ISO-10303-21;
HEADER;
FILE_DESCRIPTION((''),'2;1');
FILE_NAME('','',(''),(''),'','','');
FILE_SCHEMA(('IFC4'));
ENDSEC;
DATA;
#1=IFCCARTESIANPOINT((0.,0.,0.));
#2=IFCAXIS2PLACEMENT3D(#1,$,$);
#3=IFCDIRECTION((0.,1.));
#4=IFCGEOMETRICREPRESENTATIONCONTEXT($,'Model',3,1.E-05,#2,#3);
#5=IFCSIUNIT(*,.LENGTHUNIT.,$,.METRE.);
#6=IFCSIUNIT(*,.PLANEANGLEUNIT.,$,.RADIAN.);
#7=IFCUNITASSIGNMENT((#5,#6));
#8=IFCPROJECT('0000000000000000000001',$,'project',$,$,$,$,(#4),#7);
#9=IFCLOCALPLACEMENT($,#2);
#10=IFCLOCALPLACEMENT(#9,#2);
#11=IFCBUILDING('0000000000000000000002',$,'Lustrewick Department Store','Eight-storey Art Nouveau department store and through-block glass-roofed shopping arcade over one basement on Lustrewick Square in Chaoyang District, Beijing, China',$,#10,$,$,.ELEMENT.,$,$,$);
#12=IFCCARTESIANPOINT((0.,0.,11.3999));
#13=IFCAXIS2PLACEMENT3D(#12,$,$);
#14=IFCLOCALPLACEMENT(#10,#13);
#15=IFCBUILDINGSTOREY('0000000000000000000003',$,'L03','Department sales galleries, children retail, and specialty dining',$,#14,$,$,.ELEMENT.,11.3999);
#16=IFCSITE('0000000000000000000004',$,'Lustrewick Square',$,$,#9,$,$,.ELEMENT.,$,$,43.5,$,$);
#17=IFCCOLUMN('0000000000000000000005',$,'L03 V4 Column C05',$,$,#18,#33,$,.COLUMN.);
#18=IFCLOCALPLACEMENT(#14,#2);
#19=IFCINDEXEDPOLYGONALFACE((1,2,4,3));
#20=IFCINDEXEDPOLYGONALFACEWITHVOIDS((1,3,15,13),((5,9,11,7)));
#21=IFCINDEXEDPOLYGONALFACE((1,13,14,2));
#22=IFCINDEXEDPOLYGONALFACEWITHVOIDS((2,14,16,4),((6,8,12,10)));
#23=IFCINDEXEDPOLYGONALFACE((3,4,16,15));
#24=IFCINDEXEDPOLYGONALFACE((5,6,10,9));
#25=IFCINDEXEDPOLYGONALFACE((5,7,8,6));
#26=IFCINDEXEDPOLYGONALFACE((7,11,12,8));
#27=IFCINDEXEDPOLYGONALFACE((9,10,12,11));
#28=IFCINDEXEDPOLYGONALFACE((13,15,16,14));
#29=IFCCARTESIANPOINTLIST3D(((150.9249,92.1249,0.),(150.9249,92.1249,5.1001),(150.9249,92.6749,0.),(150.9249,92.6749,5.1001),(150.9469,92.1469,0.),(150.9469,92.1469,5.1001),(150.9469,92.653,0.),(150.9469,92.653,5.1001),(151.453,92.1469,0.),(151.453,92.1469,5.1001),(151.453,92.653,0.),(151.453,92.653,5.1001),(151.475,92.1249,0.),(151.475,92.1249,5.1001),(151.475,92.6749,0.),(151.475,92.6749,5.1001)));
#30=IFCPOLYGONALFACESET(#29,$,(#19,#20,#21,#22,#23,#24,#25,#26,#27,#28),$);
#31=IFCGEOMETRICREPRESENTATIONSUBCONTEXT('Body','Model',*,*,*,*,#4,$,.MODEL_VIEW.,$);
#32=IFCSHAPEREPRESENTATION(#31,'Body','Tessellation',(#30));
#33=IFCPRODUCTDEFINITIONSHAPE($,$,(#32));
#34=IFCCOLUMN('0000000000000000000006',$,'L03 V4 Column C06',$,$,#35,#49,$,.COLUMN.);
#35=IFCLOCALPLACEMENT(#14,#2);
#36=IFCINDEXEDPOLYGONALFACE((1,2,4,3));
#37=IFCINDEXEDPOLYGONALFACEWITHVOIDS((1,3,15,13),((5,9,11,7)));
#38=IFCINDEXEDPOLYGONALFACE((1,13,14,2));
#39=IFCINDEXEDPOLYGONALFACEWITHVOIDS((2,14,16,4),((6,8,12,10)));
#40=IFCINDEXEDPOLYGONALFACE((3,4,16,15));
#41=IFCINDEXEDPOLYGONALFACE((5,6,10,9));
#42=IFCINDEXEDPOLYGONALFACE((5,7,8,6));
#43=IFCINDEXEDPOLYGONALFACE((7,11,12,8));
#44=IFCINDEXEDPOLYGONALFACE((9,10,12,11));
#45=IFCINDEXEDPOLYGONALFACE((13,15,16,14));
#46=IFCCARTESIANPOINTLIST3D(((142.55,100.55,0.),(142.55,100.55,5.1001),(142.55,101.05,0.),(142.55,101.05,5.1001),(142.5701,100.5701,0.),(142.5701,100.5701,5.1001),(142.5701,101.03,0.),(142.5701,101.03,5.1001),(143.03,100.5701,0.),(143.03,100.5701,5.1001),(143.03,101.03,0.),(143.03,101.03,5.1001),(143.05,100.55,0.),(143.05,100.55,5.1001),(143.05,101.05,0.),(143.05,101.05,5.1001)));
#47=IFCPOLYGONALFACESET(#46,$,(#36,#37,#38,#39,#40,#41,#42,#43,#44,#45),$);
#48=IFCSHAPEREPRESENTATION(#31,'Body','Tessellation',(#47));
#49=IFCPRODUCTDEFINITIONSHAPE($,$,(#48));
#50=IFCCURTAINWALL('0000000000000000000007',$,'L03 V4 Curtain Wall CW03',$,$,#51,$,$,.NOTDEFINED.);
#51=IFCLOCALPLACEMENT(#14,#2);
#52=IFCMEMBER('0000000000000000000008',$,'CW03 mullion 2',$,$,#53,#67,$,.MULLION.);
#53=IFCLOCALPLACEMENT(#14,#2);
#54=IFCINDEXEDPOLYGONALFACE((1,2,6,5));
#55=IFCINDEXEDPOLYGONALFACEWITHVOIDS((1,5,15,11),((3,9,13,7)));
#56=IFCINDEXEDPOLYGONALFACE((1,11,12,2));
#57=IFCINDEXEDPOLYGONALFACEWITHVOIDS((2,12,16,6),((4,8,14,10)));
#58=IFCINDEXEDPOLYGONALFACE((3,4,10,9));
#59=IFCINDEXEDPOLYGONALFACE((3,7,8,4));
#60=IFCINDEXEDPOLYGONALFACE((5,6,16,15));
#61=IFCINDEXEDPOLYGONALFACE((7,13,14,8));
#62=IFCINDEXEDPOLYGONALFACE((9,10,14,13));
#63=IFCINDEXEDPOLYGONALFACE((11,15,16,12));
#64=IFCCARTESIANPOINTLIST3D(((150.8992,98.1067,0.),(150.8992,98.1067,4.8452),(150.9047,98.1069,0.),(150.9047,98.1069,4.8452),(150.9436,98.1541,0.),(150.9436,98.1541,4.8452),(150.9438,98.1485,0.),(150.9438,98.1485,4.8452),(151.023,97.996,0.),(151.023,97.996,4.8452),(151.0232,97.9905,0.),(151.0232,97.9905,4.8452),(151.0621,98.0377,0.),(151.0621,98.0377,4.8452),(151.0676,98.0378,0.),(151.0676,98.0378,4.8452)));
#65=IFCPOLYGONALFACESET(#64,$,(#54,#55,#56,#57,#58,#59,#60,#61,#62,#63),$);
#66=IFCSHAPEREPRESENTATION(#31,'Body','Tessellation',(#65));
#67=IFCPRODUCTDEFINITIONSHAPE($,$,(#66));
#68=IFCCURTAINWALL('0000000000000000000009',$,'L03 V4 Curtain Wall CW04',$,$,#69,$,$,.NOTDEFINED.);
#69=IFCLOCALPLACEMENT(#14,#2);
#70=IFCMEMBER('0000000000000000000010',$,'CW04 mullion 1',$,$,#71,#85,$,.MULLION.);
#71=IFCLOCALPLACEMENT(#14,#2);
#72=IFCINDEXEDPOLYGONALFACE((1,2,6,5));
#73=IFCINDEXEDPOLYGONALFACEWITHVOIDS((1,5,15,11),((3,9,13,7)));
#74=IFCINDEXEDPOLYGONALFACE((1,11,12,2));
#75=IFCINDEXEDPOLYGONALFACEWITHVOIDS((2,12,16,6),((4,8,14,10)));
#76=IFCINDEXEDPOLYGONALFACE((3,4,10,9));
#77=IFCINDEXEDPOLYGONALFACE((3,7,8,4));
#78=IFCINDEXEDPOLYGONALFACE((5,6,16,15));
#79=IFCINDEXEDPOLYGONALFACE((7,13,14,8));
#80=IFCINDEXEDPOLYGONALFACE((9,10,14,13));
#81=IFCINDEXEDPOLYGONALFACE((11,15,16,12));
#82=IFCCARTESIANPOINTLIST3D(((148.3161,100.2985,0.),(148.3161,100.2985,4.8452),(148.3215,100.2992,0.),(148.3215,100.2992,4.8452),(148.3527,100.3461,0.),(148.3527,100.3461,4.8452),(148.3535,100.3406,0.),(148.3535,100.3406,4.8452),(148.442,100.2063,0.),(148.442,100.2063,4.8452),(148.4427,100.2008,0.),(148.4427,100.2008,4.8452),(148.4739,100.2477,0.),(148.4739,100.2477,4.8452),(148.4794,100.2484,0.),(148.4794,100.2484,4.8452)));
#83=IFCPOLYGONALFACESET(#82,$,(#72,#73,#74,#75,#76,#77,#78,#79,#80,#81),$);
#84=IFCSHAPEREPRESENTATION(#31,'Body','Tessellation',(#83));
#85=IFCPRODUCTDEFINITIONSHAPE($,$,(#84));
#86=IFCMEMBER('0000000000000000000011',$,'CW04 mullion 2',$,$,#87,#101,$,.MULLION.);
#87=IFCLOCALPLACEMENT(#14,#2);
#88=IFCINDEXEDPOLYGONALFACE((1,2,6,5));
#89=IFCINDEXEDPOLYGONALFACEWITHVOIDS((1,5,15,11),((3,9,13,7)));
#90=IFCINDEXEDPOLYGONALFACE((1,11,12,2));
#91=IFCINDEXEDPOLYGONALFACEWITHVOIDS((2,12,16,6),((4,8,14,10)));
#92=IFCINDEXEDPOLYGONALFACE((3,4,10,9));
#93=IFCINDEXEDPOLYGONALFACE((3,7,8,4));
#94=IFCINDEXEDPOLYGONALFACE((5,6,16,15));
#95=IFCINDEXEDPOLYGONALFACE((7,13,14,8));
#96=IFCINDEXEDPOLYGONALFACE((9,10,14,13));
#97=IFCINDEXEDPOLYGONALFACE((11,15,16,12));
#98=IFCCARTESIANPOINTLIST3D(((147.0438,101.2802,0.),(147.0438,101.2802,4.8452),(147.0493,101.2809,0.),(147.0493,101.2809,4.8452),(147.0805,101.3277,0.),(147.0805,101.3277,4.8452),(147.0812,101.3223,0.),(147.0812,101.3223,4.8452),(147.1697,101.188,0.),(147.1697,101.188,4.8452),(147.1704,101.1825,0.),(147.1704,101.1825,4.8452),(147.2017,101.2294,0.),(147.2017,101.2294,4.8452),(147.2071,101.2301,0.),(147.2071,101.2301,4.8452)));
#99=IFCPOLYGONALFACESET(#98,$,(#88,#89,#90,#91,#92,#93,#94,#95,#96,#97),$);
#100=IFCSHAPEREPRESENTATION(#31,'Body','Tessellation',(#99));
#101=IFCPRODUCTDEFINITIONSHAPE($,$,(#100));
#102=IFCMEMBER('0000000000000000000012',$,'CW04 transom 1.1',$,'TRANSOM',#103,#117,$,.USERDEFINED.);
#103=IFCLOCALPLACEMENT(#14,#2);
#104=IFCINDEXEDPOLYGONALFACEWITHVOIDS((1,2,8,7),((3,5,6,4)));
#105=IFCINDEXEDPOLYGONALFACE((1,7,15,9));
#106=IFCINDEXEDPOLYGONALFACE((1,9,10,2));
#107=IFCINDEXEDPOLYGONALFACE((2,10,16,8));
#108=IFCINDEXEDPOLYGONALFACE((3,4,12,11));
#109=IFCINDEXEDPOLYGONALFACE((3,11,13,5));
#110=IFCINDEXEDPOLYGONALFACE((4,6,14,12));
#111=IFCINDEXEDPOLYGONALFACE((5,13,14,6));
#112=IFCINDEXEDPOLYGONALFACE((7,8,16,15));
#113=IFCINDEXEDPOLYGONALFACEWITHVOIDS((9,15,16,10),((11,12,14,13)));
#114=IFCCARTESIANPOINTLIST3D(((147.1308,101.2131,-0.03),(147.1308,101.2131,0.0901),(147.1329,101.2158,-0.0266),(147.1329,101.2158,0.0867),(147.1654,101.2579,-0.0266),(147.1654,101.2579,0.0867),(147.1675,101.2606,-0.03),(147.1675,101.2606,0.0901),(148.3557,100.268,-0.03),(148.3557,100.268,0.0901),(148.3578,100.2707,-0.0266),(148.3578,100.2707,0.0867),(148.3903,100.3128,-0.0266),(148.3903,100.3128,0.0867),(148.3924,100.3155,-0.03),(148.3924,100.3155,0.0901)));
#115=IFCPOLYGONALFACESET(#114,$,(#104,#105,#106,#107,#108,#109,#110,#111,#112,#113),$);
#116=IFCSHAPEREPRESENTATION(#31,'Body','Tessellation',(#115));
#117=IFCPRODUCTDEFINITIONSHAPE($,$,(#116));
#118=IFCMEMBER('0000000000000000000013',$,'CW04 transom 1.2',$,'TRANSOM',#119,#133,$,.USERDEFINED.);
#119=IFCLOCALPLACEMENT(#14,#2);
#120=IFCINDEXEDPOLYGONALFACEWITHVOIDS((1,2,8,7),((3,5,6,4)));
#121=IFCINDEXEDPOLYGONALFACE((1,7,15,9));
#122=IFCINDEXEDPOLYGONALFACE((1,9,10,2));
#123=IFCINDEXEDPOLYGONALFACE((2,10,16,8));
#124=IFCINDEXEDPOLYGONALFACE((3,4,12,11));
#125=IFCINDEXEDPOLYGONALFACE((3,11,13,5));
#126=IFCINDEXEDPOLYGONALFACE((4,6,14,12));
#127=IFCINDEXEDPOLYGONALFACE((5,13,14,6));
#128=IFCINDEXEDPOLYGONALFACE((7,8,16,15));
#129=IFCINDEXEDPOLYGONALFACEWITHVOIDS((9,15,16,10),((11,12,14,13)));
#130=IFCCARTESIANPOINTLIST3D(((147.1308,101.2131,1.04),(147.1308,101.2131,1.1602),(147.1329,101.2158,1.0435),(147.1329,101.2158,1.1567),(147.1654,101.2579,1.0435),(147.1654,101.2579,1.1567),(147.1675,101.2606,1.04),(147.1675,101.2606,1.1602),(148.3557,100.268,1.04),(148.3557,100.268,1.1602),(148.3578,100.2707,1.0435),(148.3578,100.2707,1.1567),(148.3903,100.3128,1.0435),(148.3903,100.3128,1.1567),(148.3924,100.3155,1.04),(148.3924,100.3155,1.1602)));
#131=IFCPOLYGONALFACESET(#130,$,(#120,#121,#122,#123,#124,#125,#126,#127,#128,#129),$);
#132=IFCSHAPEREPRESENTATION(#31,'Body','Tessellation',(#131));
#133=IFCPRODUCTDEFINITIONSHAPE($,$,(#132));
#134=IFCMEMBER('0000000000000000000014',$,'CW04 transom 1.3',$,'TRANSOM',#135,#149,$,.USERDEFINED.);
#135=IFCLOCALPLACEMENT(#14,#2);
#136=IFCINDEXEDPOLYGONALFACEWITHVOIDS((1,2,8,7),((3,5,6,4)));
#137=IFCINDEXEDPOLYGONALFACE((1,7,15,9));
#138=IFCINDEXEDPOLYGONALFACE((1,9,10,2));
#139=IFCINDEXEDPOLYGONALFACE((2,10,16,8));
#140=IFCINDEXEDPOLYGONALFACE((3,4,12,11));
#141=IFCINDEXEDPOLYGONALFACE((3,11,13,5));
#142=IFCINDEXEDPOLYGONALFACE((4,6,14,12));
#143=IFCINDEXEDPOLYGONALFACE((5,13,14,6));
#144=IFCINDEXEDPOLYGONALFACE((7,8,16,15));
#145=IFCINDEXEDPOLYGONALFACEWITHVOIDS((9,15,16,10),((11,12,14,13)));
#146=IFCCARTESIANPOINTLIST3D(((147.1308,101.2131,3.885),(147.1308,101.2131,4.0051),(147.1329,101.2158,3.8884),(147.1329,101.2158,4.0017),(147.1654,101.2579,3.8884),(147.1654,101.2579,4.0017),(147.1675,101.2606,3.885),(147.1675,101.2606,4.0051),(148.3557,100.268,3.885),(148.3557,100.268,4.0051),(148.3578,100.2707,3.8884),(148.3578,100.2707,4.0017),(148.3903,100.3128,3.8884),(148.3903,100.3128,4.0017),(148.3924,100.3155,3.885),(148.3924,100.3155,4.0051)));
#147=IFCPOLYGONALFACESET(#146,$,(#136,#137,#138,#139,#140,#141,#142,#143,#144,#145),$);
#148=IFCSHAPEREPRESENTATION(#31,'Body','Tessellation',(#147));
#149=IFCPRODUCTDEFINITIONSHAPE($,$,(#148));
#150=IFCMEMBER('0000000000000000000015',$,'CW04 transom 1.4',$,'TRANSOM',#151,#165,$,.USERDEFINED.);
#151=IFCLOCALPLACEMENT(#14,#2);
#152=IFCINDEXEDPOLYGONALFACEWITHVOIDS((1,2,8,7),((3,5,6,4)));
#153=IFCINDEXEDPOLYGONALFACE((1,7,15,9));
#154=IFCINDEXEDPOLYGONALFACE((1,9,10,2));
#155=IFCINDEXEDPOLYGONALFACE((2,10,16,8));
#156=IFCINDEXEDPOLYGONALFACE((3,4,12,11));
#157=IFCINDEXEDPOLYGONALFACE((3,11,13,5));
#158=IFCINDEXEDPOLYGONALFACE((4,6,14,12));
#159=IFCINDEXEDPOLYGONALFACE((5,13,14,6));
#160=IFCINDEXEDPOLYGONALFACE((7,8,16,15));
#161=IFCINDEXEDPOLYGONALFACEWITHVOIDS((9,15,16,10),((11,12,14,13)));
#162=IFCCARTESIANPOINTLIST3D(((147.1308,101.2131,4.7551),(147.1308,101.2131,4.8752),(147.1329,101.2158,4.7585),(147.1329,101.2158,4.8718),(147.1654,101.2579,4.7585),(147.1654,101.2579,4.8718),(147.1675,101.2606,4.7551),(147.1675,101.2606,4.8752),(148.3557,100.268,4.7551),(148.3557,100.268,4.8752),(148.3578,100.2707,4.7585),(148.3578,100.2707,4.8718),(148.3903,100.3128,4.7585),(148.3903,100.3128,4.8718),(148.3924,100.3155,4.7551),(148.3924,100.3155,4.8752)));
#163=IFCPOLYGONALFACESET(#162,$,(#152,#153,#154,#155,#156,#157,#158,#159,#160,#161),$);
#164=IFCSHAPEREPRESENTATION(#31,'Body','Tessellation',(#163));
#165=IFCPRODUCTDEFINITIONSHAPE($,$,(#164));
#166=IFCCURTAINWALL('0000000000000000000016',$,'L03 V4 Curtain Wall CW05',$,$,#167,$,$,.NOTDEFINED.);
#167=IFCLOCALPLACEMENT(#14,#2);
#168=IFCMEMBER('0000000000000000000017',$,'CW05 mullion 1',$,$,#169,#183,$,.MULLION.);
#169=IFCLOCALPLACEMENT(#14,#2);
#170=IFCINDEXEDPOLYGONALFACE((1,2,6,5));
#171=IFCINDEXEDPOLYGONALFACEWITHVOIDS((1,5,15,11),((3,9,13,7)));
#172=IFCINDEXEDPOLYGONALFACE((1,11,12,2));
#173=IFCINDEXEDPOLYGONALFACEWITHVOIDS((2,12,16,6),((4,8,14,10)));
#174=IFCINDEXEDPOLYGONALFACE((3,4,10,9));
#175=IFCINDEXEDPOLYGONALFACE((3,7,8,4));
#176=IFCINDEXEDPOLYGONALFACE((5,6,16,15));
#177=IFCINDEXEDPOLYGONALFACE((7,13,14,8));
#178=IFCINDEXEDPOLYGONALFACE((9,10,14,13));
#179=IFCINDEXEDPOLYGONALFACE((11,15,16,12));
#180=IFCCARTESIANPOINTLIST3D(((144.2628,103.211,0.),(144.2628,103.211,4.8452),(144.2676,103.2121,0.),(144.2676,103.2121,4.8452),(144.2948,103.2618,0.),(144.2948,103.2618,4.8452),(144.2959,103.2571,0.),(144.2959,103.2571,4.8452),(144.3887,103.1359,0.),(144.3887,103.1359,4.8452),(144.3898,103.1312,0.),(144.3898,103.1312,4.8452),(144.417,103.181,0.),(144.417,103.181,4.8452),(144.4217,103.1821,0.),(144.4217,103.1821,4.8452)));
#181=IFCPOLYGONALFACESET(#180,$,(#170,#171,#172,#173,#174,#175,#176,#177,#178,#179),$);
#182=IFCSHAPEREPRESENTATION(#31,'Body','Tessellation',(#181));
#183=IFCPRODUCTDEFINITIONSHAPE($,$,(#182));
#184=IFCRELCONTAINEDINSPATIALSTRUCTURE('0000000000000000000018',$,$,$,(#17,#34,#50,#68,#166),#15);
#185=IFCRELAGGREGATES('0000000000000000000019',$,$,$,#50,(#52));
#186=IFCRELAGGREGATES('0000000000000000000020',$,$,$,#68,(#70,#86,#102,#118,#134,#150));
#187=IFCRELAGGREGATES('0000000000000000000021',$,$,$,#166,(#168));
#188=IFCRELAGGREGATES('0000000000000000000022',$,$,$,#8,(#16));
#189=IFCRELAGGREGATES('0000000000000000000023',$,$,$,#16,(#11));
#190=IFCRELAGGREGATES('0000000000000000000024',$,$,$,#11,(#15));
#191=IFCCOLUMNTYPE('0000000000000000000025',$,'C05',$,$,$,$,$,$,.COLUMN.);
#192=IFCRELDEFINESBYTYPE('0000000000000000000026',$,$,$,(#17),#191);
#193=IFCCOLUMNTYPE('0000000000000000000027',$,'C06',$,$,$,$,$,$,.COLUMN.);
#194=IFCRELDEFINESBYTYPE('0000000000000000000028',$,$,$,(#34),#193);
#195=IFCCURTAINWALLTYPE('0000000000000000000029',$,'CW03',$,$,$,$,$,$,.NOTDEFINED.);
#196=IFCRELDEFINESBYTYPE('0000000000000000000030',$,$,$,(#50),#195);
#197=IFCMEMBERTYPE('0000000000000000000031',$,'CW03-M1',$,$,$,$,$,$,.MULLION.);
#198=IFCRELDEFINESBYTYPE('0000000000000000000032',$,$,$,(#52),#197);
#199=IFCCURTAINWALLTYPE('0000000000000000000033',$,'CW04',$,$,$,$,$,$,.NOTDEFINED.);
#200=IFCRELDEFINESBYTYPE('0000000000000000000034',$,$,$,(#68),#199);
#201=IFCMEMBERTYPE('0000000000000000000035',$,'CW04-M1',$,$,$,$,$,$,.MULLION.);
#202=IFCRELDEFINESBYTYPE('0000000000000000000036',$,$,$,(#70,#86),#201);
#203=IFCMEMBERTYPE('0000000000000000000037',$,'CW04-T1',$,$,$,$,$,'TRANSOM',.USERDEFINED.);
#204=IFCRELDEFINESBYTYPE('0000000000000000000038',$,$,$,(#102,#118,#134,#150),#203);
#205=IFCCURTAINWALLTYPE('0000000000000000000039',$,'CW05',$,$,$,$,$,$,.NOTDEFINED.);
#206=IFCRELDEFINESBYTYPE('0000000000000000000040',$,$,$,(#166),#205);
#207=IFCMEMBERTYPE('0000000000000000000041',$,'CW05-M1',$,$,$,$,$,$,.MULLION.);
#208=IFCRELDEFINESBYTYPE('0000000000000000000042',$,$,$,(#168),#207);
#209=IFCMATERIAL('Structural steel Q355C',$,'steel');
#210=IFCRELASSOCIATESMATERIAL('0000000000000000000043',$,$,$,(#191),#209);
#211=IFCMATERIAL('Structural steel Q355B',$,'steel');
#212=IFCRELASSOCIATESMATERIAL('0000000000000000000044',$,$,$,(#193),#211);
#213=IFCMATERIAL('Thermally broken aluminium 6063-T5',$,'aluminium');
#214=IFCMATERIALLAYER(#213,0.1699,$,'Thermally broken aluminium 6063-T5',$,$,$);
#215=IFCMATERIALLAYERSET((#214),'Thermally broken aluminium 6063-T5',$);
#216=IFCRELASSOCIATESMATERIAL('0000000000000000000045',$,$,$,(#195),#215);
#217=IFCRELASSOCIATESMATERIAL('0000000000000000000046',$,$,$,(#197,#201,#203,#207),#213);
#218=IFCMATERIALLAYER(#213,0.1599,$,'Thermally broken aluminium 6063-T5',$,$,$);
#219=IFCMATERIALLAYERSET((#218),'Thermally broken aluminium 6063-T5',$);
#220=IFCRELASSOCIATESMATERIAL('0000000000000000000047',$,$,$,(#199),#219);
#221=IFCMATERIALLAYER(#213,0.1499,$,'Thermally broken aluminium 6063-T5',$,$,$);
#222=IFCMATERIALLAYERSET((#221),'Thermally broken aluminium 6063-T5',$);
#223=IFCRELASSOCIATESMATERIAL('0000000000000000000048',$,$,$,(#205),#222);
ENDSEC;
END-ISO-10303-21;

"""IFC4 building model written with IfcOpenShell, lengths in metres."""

from ifc_helpers import new_model, si_unit, direction, frame, origin, origin_2d, place, context, subcontext, project, spatial, hollow_rectangle, extrude, material, layer, layer_set, material_profile, profile_set, type_object, element, aggregate, save


model = new_model("IFC4")

# Units and contexts
model_context = context("Model", 3, precision=1e-05, world=origin(), true_north=direction((0.0, 1.0)))
body_context = subcontext(model_context, "Body", "Model", "MODEL_VIEW")
ifc_project = project(units=[si_unit("LENGTHUNIT", "METRE"), si_unit("PLANEANGLEUNIT", "RADIAN")], contexts=[model_context])

# Site, building, storey
site_placement = place(None, origin())
site = spatial("IfcSite", under=ifc_project, at=site_placement, Name="Lustrewick Square", CompositionType="ELEMENT", RefElevation=43.5)
building_placement = place(site_placement, origin())
building = spatial("IfcBuilding", under=site, at=building_placement, Name="Lustrewick Department Store", Description="Eight-storey Art Nouveau department store and through-block glass-roofed shopping arcade over one basement on Lustrewick Square in Chaoyang District, Beijing, China", CompositionType="ELEMENT")
storey_placement = place(building_placement, frame((0.0, 0.0, 11.3999)))
storey = spatial("IfcBuildingStorey", under=building, at=storey_placement, Name="L03", Description="Department sales galleries, children retail, and specialty dining", CompositionType="ELEMENT", Elevation=11.3999)

# Columns
ifc_material_1 = material(Name="Structural steel Q355C", Category="steel")
ifc_material_profile_1 = material_profile(ifc_material_1, hollow_rectangle(XDim=0.55, YDim=0.55, WallThickness=0.022, at=origin_2d()), Name="BOX 550x550x22")
ifc_profile_set_1 = profile_set([ifc_material_profile_1], Name="Structural steel Q355C")
column_type_1 = type_object("IfcColumnType", Name="C05", PredefinedType="COLUMN", material=ifc_profile_set_1)
column_1_placement = place(storey_placement, frame((151.2, 92.3999, 0.0), z_axis=(0.0, 0.0, 1.0), x_axis=(1.0, 0.0, 0.0)))
element("IfcColumn", 1, at=column_1_placement, inside=storey, type_object=column_type_1, Name="L03 V4 Column C05", PredefinedType="COLUMN", context=body_context, shape_type="SweptSolid", body=[
    extrude(hollow_rectangle(XDim=0.55, YDim=0.55, WallThickness=0.022, at=origin_2d()), origin(), (0.0, 0.0, 1.0), 5.1001),
])
ifc_material_2 = material(Name="Structural steel Q355B", Category="steel")
ifc_material_profile_2 = material_profile(ifc_material_2, hollow_rectangle(XDim=0.5, YDim=0.5, WallThickness=0.02, at=origin_2d()), Name="BOX 500x500x20")
ifc_profile_set_2 = profile_set([ifc_material_profile_2], Name="Structural steel Q355B")
column_type_2 = type_object("IfcColumnType", Name="C06", PredefinedType="COLUMN", material=ifc_profile_set_2)
column_2_placement = place(storey_placement, frame((142.8, 100.8, 0.0), z_axis=(0.0, 0.0, 1.0), x_axis=(1.0, 0.0, 0.0)))
element("IfcColumn", 2, at=column_2_placement, inside=storey, type_object=column_type_2, Name="L03 V4 Column C06", PredefinedType="COLUMN", context=body_context, shape_type="SweptSolid", body=[
    extrude(hollow_rectangle(XDim=0.5, YDim=0.5, WallThickness=0.02, at=origin_2d()), origin(), (0.0, 0.0, 1.0), 5.1001),
])

# Curtain wall, member
ifc_material_3 = material(Name="Thermally broken aluminium 6063-T5", Category="aluminium")
ifc_layer_1 = layer(ifc_material_3, 0.1699, Name="Thermally broken aluminium 6063-T5")
ifc_layer_set_1 = layer_set([ifc_layer_1], Name="Thermally broken aluminium 6063-T5")
curtain_wall_type_1 = type_object("IfcCurtainWallType", Name="CW03", PredefinedType="NOTDEFINED", material=ifc_layer_set_1)
curtain_wall_1_placement = place(storey_placement, origin())
curtain_wall_1 = element("IfcCurtainWall", 3, at=curtain_wall_1_placement, inside=storey, type_object=curtain_wall_type_1, Name="L03 V4 Curtain Wall CW03", PredefinedType="NOTDEFINED")
ifc_material_profile_3 = material_profile(ifc_material_3, hollow_rectangle(XDim=0.0649, YDim=0.1699, WallThickness=0.0039, at=origin_2d()), Name="ALU-M 65x170x4")
ifc_profile_set_3 = profile_set([ifc_material_profile_3], Name="Thermally broken aluminium 6063-T5")
member_type_1 = type_object("IfcMemberType", Name="CW03-M1", PredefinedType="MULLION", material=ifc_profile_set_3)
member_1_placement = place(storey_placement, frame((150.9834, 98.0723, 0.0), z_axis=(0.0, 0.0, 1.0), x_axis=(-0.684067, -0.729419, 0.0)))
member_1 = element("IfcMember", 4, at=member_1_placement, type_object=member_type_1, Name="CW03 mullion 2", PredefinedType="MULLION", context=body_context, shape_type="SweptSolid", body=[
    extrude(hollow_rectangle(XDim=0.0649, YDim=0.1699, WallThickness=0.0039, at=origin_2d()), origin(), (0.0, 0.0, 1.0), 4.8452),
])
aggregate(curtain_wall_1, [member_1])

# Curtain walls, members
ifc_layer_2 = layer(ifc_material_3, 0.1599, Name="Thermally broken aluminium 6063-T5")
ifc_layer_set_2 = layer_set([ifc_layer_2], Name="Thermally broken aluminium 6063-T5")
curtain_wall_type_2 = type_object("IfcCurtainWallType", Name="CW04", PredefinedType="NOTDEFINED", material=ifc_layer_set_2)
curtain_wall_2_placement = place(storey_placement, origin())
curtain_wall_2 = element("IfcCurtainWall", 5, at=curtain_wall_2_placement, inside=storey, type_object=curtain_wall_type_2, Name="L03 V4 Curtain Wall CW04", PredefinedType="NOTDEFINED")
ifc_material_profile_4 = material_profile(ifc_material_3, hollow_rectangle(XDim=0.0601, YDim=0.1599, WallThickness=0.0039, at=origin_2d()), Name="ALU-M 60x160x4")
ifc_profile_set_4 = profile_set([ifc_material_profile_4], Name="Thermally broken aluminium 6063-T5")
member_type_2 = type_object("IfcMemberType", Name="CW04-M1", PredefinedType="MULLION", material=ifc_profile_set_4)
member_2_placement = place(storey_placement, frame((148.3977, 100.2734, 0.0), z_axis=(0.0, 0.0, 1.0), x_axis=(-0.610867, -0.791733, 0.0)))
member_2 = element("IfcMember", 6, at=member_2_placement, type_object=member_type_2, Name="CW04 mullion 1", PredefinedType="MULLION", context=body_context, shape_type="SweptSolid", body=[
    extrude(hollow_rectangle(XDim=0.0601, YDim=0.1599, WallThickness=0.0039, at=origin_2d()), origin(), (0.0, 0.0, 1.0), 4.8452),
])
member_3_placement = place(storey_placement, frame((147.1255, 101.2551, 0.0), z_axis=(0.0, 0.0, 1.0), x_axis=(-0.610867, -0.791733, 0.0)))
member_3 = element("IfcMember", 7, at=member_3_placement, type_object=member_type_2, Name="CW04 mullion 2", PredefinedType="MULLION", context=body_context, shape_type="SweptSolid", body=[
    extrude(hollow_rectangle(XDim=0.0601, YDim=0.1599, WallThickness=0.0039, at=origin_2d()), origin(), (0.0, 0.0, 1.0), 4.8452),
])
ifc_material_profile_5 = material_profile(ifc_material_3, hollow_rectangle(XDim=0.0601, YDim=0.1201, WallThickness=0.0034, at=origin_2d()), Name="ALU-T 60x120x3.5")
ifc_profile_set_5 = profile_set([ifc_material_profile_5], Name="Thermally broken aluminium 6063-T5")
member_type_3 = type_object("IfcMemberType", Name="CW04-T1", ElementType="TRANSOM", PredefinedType="USERDEFINED", material=ifc_profile_set_5)
member_4_placement = place(storey_placement, frame((148.374, 100.2917, 0.03), z_axis=(-0.791726, 0.610877, 0.0), x_axis=(-0.610877, -0.791726, 0.0)))
member_4 = element("IfcMember", 8, at=member_4_placement, type_object=member_type_3, Name="CW04 transom 1.1", ObjectType="TRANSOM", PredefinedType="USERDEFINED", context=body_context, shape_type="SweptSolid", body=[
    extrude(hollow_rectangle(XDim=0.0601, YDim=0.1201, WallThickness=0.0034, at=origin_2d()), origin(), (0.0, 0.0, 1.0), 1.5471),
])
member_5_placement = place(storey_placement, frame((148.374, 100.2917, 1.1001), z_axis=(-0.791726, 0.610877, 0.0), x_axis=(-0.610877, -0.791726, 0.0)))
member_5 = element("IfcMember", 9, at=member_5_placement, type_object=member_type_3, Name="CW04 transom 1.2", ObjectType="TRANSOM", PredefinedType="USERDEFINED", context=body_context, shape_type="SweptSolid", body=[
    extrude(hollow_rectangle(XDim=0.0601, YDim=0.1201, WallThickness=0.0034, at=origin_2d()), origin(), (0.0, 0.0, 1.0), 1.5471),
])
member_6_placement = place(storey_placement, frame((148.374, 100.2917, 3.9451), z_axis=(-0.791726, 0.610877, 0.0), x_axis=(-0.610877, -0.791726, 0.0)))
member_6 = element("IfcMember", 10, at=member_6_placement, type_object=member_type_3, Name="CW04 transom 1.3", ObjectType="TRANSOM", PredefinedType="USERDEFINED", context=body_context, shape_type="SweptSolid", body=[
    extrude(hollow_rectangle(XDim=0.0601, YDim=0.1201, WallThickness=0.0034, at=origin_2d()), origin(), (0.0, 0.0, 1.0), 1.5471),
])
member_7_placement = place(storey_placement, frame((148.374, 100.2917, 4.8152), z_axis=(-0.791726, 0.610877, 0.0), x_axis=(-0.610877, -0.791726, 0.0)))
member_7 = element("IfcMember", 11, at=member_7_placement, type_object=member_type_3, Name="CW04 transom 1.4", ObjectType="TRANSOM", PredefinedType="USERDEFINED", context=body_context, shape_type="SweptSolid", body=[
    extrude(hollow_rectangle(XDim=0.0601, YDim=0.1201, WallThickness=0.0034, at=origin_2d()), origin(), (0.0, 0.0, 1.0), 1.5471),
])
ifc_layer_3 = layer(ifc_material_3, 0.1499, Name="Thermally broken aluminium 6063-T5")
ifc_layer_set_3 = layer_set([ifc_layer_3], Name="Thermally broken aluminium 6063-T5")
curtain_wall_type_3 = type_object("IfcCurtainWallType", Name="CW05", PredefinedType="NOTDEFINED", material=ifc_layer_set_3)
curtain_wall_3_placement = place(storey_placement, origin())
curtain_wall_3 = element("IfcCurtainWall", 12, at=curtain_wall_3_placement, inside=storey, type_object=curtain_wall_type_3, Name="L03 V4 Curtain Wall CW05", PredefinedType="NOTDEFINED")
ifc_material_profile_6 = material_profile(ifc_material_3, hollow_rectangle(XDim=0.0601, YDim=0.1499, WallThickness=0.0034, at=origin_2d()), Name="ALU-M 60x150x3.5")
ifc_profile_set_6 = profile_set([ifc_material_profile_6], Name="Thermally broken aluminium 6063-T5")
member_type_4 = type_object("IfcMemberType", Name="CW05-M1", PredefinedType="MULLION", material=ifc_profile_set_6)
member_8_placement = place(storey_placement, frame((144.3423, 103.1965, 0.0), z_axis=(0.0, 0.0, 1.0), x_axis=(-0.532014, -0.846735, 0.0)))
member_8 = element("IfcMember", 13, at=member_8_placement, type_object=member_type_4, Name="CW05 mullion 1", PredefinedType="MULLION", context=body_context, shape_type="SweptSolid", body=[
    extrude(hollow_rectangle(XDim=0.0601, YDim=0.1499, WallThickness=0.0034, at=origin_2d()), origin(), (0.0, 0.0, 1.0), 4.8452),
])

aggregate(curtain_wall_2, [member_2, member_3, member_4, member_5, member_6, member_7])
aggregate(curtain_wall_3, [member_8])

save(model, "model.ifc")
